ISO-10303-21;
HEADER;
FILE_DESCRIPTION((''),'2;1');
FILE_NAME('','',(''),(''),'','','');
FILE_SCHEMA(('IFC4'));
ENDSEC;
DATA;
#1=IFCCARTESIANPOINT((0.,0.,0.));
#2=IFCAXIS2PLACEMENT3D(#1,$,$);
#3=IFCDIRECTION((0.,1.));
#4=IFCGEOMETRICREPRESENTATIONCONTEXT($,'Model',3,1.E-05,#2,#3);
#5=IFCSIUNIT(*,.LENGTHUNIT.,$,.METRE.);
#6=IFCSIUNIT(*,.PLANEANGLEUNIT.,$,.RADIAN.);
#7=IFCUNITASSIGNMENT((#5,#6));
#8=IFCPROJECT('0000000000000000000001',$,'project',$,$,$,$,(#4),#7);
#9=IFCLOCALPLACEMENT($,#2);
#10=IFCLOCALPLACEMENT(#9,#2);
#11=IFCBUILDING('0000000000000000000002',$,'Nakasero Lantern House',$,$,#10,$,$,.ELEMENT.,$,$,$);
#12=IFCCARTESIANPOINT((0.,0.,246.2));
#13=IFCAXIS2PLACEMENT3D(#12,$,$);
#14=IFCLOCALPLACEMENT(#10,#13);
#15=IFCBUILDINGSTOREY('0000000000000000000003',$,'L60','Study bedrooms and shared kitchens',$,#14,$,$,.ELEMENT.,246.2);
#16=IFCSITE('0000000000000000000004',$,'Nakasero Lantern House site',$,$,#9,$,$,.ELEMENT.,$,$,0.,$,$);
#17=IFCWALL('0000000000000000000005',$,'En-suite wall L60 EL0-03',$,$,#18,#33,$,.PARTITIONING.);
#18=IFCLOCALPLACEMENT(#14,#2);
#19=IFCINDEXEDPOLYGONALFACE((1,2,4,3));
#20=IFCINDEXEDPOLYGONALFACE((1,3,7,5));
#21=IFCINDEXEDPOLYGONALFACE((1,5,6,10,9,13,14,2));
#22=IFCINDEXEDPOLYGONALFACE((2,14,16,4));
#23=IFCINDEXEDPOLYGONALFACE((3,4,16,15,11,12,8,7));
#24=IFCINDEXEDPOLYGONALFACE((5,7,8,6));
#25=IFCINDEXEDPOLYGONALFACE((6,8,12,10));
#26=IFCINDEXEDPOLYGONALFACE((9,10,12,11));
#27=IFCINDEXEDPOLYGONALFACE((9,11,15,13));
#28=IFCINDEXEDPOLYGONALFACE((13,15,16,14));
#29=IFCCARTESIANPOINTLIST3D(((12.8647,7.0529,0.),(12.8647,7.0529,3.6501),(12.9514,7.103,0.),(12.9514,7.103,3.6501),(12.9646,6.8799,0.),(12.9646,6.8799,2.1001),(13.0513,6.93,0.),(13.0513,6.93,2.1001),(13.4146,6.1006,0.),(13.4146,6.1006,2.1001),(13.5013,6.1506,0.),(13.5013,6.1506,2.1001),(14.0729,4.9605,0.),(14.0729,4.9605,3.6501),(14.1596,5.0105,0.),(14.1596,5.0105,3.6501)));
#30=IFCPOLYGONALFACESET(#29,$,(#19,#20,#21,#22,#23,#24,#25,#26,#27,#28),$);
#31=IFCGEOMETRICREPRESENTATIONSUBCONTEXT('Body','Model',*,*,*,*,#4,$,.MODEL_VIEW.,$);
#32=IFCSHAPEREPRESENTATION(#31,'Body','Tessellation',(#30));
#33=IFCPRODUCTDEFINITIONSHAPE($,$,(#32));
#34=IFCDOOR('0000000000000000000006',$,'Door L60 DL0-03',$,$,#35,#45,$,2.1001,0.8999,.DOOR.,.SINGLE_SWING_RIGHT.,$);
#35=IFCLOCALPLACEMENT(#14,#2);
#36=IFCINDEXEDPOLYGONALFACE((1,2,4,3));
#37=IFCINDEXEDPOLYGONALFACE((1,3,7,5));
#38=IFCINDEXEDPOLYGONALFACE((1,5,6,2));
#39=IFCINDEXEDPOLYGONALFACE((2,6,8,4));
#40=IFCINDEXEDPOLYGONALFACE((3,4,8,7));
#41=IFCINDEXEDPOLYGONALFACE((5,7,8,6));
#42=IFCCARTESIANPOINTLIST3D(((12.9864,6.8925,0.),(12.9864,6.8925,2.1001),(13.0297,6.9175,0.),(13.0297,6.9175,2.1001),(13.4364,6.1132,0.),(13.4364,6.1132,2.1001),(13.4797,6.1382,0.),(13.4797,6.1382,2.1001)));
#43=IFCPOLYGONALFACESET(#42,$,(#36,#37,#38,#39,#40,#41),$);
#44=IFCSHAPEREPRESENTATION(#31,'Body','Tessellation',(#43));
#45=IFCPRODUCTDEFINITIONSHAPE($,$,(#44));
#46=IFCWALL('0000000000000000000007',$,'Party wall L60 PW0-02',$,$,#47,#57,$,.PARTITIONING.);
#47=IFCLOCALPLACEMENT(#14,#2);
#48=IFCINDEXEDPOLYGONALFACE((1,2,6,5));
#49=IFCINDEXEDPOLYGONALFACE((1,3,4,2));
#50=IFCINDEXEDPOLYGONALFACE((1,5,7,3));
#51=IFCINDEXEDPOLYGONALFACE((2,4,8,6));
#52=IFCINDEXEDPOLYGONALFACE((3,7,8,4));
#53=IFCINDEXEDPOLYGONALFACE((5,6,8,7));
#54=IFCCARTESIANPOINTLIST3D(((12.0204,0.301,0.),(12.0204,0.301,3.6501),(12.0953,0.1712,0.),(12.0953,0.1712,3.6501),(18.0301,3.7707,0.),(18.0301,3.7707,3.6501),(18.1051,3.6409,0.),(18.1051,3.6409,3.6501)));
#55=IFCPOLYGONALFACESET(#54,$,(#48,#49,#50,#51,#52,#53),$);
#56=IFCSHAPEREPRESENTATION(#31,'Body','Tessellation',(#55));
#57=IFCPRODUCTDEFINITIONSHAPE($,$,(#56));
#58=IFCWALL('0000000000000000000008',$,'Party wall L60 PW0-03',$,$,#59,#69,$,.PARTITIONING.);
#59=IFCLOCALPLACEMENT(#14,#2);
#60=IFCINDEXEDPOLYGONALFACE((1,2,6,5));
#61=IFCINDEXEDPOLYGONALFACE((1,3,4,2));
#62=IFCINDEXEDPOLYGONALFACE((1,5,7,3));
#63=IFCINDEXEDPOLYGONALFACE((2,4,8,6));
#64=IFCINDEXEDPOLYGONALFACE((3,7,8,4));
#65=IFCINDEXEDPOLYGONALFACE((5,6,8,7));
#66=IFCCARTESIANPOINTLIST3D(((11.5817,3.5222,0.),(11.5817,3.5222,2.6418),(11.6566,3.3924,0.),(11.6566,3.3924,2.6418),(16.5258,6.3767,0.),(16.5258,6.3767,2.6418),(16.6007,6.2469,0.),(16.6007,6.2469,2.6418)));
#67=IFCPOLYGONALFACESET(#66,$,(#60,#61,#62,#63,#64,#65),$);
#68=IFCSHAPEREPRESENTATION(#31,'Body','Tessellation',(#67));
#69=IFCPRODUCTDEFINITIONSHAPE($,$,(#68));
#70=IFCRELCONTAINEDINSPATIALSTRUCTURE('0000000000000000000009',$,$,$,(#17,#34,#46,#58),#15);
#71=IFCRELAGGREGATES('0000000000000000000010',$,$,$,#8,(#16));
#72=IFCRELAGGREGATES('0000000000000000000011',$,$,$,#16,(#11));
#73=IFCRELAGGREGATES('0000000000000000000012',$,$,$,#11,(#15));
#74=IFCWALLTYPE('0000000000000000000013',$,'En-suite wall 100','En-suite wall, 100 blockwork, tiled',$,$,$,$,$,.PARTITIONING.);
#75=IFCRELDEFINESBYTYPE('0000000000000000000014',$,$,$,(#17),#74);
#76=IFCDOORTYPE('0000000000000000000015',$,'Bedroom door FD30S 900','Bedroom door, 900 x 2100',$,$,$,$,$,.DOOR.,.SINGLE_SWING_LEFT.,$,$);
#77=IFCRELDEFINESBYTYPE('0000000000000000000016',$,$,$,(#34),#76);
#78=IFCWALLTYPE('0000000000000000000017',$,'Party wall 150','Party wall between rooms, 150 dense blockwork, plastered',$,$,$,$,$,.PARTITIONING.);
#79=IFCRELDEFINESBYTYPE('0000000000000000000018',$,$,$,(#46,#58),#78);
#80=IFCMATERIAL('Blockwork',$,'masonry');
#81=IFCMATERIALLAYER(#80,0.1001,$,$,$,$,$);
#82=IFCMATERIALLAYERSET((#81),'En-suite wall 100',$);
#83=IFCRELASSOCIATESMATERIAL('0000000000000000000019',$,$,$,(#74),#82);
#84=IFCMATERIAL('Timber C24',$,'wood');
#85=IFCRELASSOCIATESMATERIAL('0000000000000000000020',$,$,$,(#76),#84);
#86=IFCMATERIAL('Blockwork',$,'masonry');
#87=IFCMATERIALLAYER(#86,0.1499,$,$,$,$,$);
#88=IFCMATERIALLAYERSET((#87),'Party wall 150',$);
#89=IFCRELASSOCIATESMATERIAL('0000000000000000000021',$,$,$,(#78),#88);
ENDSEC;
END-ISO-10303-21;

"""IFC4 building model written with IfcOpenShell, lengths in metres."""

from ifc_helpers import new_model, si_unit, direction, frame, frame_2d, origin, place, context, subcontext, project, spatial, rectangle, extrude, material, layer, layer_set, type_object, element, fill, save


model = new_model("IFC4")

# Units and contexts
model_context = context("Model", 3, precision=1e-05, world=origin(), true_north=direction((0.0, 1.0)))
body_context = subcontext(model_context, "Body", "Model", "MODEL_VIEW")
ifc_project = project(units=[si_unit("LENGTHUNIT", "METRE"), si_unit("PLANEANGLEUNIT", "RADIAN")], contexts=[model_context])

# Site, building, storey
site_placement = place(None, origin())
site = spatial("IfcSite", under=ifc_project, at=site_placement, Name="Nakasero Lantern House site", CompositionType="ELEMENT", RefElevation=0.0)
building_placement = place(site_placement, origin())
building = spatial("IfcBuilding", under=site, at=building_placement, Name="Nakasero Lantern House", CompositionType="ELEMENT")
storey_placement = place(building_placement, frame((0.0, 0.0, 246.2)))
storey = spatial("IfcBuildingStorey", under=building, at=storey_placement, Name="L60", Description="Study bedrooms and shared kitchens", CompositionType="ELEMENT", Elevation=246.2)

# Shared definitions
ifc_material_1 = material(Name="Blockwork", Category="masonry")
ifc_layer_1 = layer(ifc_material_1, 0.1001)
ifc_layer_set_1 = layer_set([ifc_layer_1], Name="En-suite wall 100")
wall_type_1 = type_object("IfcWallType", Name="En-suite wall 100", Description="En-suite wall, 100 blockwork, tiled", PredefinedType="PARTITIONING", material=ifc_layer_set_1)

# Wall, opening, door
wall_1_placement = place(storey_placement, frame((14.1162, 4.9856, 0.0), z_axis=(0.0, 0.0, 1.0), x_axis=(-0.50004, 0.866002, 0.0)))
wall_1 = element("IfcWall", 1, at=wall_1_placement, inside=storey, type_object=wall_type_1, Name="En-suite wall L60 EL0-03", PredefinedType="PARTITIONING", context=body_context, shape_type="SweptSolid", body=[
    extrude(rectangle(XDim=2.4163, YDim=0.1001, at=frame_2d((1.208, 0.0))), origin(), (0.0, 0.0, 1.0), 3.6501),
])
opening_1_placement = place(wall_1_placement, frame((1.3164, 0.0, 0.0)))
opening_1 = element("IfcOpeningElement", 2, at=opening_1_placement, cuts=wall_1, PredefinedType="OPENING", context=body_context, shape_type="SweptSolid", body=[
    extrude(rectangle(XDim=0.8999, YDim=2.1001, at=frame_2d((0.45, 1.05))), frame((0.0, 0.0701, 0.0), z_axis=(0.0, -1.0, 0.0), x_axis=(1.0, 0.0, 0.0)), (0.0, 0.0, 1.0), 0.1401),
])
ifc_material_2 = material(Name="Timber C24", Category="wood")
door_type_1 = type_object("IfcDoorType", Name="Bedroom door FD30S 900", Description="Bedroom door, 900 x 2100", OperationType="SINGLE_SWING_LEFT", PredefinedType="DOOR", material=ifc_material_2)
door_1_placement = place(opening_1_placement, origin())
door_1 = element("IfcDoor", 3, at=door_1_placement, inside=storey, type_object=door_type_1, Name="Door L60 DL0-03", OperationType="SINGLE_SWING_RIGHT", OverallHeight=2.1001, OverallWidth=0.8999, PredefinedType="DOOR", context=body_context, shape_type="SweptSolid", body=[
    extrude(rectangle(XDim=0.8999, YDim=2.1001, at=frame_2d((0.45, 1.05))), frame((0.0, 0.0249, 0.0), z_axis=(0.0, -1.0, 0.0), x_axis=(1.0, 0.0, 0.0)), (0.0, 0.0, 1.0), 0.05),
])
fill(opening_1, door_1)

# Walls
ifc_material_3 = material(Name="Blockwork", Category="masonry")
ifc_layer_2 = layer(ifc_material_3, 0.1499)
ifc_layer_set_2 = layer_set([ifc_layer_2], Name="Party wall 150")
wall_type_2 = type_object("IfcWallType", Name="Party wall 150", Description="Party wall between rooms, 150 dense blockwork, plastered", PredefinedType="PARTITIONING", material=ifc_layer_set_2)
wall_2_placement = place(storey_placement, frame((12.0579, 0.2361, 0.0), z_axis=(0.0, 0.0, 1.0), x_axis=(0.866026, 0.499999, 0.0)))
element("IfcWall", 4, at=wall_2_placement, inside=storey, type_object=wall_type_2, Name="Party wall L60 PW0-02", PredefinedType="PARTITIONING", context=body_context, shape_type="SweptSolid", body=[
    extrude(rectangle(XDim=6.9395, YDim=0.1499, at=frame_2d((3.4697, 0.0))), origin(), (0.0, 0.0, 1.0), 3.6501),
])
wall_3_placement = place(storey_placement, frame((11.6191, 3.4573, 0.0), z_axis=(0.0, 0.0, 1.0), x_axis=(0.866024, 0.500003, 0.0)))
element("IfcWall", 5, at=wall_3_placement, inside=storey, type_object=wall_type_2, Name="Party wall L60 PW0-03", PredefinedType="PARTITIONING", context=body_context, shape_type="SweptSolid", body=[
    extrude(rectangle(XDim=5.709, YDim=0.1499, at=frame_2d((2.8545, 0.0))), origin(), (0.0, 0.0, 1.0), 2.6418),
])

save(model, "model.ifc")
